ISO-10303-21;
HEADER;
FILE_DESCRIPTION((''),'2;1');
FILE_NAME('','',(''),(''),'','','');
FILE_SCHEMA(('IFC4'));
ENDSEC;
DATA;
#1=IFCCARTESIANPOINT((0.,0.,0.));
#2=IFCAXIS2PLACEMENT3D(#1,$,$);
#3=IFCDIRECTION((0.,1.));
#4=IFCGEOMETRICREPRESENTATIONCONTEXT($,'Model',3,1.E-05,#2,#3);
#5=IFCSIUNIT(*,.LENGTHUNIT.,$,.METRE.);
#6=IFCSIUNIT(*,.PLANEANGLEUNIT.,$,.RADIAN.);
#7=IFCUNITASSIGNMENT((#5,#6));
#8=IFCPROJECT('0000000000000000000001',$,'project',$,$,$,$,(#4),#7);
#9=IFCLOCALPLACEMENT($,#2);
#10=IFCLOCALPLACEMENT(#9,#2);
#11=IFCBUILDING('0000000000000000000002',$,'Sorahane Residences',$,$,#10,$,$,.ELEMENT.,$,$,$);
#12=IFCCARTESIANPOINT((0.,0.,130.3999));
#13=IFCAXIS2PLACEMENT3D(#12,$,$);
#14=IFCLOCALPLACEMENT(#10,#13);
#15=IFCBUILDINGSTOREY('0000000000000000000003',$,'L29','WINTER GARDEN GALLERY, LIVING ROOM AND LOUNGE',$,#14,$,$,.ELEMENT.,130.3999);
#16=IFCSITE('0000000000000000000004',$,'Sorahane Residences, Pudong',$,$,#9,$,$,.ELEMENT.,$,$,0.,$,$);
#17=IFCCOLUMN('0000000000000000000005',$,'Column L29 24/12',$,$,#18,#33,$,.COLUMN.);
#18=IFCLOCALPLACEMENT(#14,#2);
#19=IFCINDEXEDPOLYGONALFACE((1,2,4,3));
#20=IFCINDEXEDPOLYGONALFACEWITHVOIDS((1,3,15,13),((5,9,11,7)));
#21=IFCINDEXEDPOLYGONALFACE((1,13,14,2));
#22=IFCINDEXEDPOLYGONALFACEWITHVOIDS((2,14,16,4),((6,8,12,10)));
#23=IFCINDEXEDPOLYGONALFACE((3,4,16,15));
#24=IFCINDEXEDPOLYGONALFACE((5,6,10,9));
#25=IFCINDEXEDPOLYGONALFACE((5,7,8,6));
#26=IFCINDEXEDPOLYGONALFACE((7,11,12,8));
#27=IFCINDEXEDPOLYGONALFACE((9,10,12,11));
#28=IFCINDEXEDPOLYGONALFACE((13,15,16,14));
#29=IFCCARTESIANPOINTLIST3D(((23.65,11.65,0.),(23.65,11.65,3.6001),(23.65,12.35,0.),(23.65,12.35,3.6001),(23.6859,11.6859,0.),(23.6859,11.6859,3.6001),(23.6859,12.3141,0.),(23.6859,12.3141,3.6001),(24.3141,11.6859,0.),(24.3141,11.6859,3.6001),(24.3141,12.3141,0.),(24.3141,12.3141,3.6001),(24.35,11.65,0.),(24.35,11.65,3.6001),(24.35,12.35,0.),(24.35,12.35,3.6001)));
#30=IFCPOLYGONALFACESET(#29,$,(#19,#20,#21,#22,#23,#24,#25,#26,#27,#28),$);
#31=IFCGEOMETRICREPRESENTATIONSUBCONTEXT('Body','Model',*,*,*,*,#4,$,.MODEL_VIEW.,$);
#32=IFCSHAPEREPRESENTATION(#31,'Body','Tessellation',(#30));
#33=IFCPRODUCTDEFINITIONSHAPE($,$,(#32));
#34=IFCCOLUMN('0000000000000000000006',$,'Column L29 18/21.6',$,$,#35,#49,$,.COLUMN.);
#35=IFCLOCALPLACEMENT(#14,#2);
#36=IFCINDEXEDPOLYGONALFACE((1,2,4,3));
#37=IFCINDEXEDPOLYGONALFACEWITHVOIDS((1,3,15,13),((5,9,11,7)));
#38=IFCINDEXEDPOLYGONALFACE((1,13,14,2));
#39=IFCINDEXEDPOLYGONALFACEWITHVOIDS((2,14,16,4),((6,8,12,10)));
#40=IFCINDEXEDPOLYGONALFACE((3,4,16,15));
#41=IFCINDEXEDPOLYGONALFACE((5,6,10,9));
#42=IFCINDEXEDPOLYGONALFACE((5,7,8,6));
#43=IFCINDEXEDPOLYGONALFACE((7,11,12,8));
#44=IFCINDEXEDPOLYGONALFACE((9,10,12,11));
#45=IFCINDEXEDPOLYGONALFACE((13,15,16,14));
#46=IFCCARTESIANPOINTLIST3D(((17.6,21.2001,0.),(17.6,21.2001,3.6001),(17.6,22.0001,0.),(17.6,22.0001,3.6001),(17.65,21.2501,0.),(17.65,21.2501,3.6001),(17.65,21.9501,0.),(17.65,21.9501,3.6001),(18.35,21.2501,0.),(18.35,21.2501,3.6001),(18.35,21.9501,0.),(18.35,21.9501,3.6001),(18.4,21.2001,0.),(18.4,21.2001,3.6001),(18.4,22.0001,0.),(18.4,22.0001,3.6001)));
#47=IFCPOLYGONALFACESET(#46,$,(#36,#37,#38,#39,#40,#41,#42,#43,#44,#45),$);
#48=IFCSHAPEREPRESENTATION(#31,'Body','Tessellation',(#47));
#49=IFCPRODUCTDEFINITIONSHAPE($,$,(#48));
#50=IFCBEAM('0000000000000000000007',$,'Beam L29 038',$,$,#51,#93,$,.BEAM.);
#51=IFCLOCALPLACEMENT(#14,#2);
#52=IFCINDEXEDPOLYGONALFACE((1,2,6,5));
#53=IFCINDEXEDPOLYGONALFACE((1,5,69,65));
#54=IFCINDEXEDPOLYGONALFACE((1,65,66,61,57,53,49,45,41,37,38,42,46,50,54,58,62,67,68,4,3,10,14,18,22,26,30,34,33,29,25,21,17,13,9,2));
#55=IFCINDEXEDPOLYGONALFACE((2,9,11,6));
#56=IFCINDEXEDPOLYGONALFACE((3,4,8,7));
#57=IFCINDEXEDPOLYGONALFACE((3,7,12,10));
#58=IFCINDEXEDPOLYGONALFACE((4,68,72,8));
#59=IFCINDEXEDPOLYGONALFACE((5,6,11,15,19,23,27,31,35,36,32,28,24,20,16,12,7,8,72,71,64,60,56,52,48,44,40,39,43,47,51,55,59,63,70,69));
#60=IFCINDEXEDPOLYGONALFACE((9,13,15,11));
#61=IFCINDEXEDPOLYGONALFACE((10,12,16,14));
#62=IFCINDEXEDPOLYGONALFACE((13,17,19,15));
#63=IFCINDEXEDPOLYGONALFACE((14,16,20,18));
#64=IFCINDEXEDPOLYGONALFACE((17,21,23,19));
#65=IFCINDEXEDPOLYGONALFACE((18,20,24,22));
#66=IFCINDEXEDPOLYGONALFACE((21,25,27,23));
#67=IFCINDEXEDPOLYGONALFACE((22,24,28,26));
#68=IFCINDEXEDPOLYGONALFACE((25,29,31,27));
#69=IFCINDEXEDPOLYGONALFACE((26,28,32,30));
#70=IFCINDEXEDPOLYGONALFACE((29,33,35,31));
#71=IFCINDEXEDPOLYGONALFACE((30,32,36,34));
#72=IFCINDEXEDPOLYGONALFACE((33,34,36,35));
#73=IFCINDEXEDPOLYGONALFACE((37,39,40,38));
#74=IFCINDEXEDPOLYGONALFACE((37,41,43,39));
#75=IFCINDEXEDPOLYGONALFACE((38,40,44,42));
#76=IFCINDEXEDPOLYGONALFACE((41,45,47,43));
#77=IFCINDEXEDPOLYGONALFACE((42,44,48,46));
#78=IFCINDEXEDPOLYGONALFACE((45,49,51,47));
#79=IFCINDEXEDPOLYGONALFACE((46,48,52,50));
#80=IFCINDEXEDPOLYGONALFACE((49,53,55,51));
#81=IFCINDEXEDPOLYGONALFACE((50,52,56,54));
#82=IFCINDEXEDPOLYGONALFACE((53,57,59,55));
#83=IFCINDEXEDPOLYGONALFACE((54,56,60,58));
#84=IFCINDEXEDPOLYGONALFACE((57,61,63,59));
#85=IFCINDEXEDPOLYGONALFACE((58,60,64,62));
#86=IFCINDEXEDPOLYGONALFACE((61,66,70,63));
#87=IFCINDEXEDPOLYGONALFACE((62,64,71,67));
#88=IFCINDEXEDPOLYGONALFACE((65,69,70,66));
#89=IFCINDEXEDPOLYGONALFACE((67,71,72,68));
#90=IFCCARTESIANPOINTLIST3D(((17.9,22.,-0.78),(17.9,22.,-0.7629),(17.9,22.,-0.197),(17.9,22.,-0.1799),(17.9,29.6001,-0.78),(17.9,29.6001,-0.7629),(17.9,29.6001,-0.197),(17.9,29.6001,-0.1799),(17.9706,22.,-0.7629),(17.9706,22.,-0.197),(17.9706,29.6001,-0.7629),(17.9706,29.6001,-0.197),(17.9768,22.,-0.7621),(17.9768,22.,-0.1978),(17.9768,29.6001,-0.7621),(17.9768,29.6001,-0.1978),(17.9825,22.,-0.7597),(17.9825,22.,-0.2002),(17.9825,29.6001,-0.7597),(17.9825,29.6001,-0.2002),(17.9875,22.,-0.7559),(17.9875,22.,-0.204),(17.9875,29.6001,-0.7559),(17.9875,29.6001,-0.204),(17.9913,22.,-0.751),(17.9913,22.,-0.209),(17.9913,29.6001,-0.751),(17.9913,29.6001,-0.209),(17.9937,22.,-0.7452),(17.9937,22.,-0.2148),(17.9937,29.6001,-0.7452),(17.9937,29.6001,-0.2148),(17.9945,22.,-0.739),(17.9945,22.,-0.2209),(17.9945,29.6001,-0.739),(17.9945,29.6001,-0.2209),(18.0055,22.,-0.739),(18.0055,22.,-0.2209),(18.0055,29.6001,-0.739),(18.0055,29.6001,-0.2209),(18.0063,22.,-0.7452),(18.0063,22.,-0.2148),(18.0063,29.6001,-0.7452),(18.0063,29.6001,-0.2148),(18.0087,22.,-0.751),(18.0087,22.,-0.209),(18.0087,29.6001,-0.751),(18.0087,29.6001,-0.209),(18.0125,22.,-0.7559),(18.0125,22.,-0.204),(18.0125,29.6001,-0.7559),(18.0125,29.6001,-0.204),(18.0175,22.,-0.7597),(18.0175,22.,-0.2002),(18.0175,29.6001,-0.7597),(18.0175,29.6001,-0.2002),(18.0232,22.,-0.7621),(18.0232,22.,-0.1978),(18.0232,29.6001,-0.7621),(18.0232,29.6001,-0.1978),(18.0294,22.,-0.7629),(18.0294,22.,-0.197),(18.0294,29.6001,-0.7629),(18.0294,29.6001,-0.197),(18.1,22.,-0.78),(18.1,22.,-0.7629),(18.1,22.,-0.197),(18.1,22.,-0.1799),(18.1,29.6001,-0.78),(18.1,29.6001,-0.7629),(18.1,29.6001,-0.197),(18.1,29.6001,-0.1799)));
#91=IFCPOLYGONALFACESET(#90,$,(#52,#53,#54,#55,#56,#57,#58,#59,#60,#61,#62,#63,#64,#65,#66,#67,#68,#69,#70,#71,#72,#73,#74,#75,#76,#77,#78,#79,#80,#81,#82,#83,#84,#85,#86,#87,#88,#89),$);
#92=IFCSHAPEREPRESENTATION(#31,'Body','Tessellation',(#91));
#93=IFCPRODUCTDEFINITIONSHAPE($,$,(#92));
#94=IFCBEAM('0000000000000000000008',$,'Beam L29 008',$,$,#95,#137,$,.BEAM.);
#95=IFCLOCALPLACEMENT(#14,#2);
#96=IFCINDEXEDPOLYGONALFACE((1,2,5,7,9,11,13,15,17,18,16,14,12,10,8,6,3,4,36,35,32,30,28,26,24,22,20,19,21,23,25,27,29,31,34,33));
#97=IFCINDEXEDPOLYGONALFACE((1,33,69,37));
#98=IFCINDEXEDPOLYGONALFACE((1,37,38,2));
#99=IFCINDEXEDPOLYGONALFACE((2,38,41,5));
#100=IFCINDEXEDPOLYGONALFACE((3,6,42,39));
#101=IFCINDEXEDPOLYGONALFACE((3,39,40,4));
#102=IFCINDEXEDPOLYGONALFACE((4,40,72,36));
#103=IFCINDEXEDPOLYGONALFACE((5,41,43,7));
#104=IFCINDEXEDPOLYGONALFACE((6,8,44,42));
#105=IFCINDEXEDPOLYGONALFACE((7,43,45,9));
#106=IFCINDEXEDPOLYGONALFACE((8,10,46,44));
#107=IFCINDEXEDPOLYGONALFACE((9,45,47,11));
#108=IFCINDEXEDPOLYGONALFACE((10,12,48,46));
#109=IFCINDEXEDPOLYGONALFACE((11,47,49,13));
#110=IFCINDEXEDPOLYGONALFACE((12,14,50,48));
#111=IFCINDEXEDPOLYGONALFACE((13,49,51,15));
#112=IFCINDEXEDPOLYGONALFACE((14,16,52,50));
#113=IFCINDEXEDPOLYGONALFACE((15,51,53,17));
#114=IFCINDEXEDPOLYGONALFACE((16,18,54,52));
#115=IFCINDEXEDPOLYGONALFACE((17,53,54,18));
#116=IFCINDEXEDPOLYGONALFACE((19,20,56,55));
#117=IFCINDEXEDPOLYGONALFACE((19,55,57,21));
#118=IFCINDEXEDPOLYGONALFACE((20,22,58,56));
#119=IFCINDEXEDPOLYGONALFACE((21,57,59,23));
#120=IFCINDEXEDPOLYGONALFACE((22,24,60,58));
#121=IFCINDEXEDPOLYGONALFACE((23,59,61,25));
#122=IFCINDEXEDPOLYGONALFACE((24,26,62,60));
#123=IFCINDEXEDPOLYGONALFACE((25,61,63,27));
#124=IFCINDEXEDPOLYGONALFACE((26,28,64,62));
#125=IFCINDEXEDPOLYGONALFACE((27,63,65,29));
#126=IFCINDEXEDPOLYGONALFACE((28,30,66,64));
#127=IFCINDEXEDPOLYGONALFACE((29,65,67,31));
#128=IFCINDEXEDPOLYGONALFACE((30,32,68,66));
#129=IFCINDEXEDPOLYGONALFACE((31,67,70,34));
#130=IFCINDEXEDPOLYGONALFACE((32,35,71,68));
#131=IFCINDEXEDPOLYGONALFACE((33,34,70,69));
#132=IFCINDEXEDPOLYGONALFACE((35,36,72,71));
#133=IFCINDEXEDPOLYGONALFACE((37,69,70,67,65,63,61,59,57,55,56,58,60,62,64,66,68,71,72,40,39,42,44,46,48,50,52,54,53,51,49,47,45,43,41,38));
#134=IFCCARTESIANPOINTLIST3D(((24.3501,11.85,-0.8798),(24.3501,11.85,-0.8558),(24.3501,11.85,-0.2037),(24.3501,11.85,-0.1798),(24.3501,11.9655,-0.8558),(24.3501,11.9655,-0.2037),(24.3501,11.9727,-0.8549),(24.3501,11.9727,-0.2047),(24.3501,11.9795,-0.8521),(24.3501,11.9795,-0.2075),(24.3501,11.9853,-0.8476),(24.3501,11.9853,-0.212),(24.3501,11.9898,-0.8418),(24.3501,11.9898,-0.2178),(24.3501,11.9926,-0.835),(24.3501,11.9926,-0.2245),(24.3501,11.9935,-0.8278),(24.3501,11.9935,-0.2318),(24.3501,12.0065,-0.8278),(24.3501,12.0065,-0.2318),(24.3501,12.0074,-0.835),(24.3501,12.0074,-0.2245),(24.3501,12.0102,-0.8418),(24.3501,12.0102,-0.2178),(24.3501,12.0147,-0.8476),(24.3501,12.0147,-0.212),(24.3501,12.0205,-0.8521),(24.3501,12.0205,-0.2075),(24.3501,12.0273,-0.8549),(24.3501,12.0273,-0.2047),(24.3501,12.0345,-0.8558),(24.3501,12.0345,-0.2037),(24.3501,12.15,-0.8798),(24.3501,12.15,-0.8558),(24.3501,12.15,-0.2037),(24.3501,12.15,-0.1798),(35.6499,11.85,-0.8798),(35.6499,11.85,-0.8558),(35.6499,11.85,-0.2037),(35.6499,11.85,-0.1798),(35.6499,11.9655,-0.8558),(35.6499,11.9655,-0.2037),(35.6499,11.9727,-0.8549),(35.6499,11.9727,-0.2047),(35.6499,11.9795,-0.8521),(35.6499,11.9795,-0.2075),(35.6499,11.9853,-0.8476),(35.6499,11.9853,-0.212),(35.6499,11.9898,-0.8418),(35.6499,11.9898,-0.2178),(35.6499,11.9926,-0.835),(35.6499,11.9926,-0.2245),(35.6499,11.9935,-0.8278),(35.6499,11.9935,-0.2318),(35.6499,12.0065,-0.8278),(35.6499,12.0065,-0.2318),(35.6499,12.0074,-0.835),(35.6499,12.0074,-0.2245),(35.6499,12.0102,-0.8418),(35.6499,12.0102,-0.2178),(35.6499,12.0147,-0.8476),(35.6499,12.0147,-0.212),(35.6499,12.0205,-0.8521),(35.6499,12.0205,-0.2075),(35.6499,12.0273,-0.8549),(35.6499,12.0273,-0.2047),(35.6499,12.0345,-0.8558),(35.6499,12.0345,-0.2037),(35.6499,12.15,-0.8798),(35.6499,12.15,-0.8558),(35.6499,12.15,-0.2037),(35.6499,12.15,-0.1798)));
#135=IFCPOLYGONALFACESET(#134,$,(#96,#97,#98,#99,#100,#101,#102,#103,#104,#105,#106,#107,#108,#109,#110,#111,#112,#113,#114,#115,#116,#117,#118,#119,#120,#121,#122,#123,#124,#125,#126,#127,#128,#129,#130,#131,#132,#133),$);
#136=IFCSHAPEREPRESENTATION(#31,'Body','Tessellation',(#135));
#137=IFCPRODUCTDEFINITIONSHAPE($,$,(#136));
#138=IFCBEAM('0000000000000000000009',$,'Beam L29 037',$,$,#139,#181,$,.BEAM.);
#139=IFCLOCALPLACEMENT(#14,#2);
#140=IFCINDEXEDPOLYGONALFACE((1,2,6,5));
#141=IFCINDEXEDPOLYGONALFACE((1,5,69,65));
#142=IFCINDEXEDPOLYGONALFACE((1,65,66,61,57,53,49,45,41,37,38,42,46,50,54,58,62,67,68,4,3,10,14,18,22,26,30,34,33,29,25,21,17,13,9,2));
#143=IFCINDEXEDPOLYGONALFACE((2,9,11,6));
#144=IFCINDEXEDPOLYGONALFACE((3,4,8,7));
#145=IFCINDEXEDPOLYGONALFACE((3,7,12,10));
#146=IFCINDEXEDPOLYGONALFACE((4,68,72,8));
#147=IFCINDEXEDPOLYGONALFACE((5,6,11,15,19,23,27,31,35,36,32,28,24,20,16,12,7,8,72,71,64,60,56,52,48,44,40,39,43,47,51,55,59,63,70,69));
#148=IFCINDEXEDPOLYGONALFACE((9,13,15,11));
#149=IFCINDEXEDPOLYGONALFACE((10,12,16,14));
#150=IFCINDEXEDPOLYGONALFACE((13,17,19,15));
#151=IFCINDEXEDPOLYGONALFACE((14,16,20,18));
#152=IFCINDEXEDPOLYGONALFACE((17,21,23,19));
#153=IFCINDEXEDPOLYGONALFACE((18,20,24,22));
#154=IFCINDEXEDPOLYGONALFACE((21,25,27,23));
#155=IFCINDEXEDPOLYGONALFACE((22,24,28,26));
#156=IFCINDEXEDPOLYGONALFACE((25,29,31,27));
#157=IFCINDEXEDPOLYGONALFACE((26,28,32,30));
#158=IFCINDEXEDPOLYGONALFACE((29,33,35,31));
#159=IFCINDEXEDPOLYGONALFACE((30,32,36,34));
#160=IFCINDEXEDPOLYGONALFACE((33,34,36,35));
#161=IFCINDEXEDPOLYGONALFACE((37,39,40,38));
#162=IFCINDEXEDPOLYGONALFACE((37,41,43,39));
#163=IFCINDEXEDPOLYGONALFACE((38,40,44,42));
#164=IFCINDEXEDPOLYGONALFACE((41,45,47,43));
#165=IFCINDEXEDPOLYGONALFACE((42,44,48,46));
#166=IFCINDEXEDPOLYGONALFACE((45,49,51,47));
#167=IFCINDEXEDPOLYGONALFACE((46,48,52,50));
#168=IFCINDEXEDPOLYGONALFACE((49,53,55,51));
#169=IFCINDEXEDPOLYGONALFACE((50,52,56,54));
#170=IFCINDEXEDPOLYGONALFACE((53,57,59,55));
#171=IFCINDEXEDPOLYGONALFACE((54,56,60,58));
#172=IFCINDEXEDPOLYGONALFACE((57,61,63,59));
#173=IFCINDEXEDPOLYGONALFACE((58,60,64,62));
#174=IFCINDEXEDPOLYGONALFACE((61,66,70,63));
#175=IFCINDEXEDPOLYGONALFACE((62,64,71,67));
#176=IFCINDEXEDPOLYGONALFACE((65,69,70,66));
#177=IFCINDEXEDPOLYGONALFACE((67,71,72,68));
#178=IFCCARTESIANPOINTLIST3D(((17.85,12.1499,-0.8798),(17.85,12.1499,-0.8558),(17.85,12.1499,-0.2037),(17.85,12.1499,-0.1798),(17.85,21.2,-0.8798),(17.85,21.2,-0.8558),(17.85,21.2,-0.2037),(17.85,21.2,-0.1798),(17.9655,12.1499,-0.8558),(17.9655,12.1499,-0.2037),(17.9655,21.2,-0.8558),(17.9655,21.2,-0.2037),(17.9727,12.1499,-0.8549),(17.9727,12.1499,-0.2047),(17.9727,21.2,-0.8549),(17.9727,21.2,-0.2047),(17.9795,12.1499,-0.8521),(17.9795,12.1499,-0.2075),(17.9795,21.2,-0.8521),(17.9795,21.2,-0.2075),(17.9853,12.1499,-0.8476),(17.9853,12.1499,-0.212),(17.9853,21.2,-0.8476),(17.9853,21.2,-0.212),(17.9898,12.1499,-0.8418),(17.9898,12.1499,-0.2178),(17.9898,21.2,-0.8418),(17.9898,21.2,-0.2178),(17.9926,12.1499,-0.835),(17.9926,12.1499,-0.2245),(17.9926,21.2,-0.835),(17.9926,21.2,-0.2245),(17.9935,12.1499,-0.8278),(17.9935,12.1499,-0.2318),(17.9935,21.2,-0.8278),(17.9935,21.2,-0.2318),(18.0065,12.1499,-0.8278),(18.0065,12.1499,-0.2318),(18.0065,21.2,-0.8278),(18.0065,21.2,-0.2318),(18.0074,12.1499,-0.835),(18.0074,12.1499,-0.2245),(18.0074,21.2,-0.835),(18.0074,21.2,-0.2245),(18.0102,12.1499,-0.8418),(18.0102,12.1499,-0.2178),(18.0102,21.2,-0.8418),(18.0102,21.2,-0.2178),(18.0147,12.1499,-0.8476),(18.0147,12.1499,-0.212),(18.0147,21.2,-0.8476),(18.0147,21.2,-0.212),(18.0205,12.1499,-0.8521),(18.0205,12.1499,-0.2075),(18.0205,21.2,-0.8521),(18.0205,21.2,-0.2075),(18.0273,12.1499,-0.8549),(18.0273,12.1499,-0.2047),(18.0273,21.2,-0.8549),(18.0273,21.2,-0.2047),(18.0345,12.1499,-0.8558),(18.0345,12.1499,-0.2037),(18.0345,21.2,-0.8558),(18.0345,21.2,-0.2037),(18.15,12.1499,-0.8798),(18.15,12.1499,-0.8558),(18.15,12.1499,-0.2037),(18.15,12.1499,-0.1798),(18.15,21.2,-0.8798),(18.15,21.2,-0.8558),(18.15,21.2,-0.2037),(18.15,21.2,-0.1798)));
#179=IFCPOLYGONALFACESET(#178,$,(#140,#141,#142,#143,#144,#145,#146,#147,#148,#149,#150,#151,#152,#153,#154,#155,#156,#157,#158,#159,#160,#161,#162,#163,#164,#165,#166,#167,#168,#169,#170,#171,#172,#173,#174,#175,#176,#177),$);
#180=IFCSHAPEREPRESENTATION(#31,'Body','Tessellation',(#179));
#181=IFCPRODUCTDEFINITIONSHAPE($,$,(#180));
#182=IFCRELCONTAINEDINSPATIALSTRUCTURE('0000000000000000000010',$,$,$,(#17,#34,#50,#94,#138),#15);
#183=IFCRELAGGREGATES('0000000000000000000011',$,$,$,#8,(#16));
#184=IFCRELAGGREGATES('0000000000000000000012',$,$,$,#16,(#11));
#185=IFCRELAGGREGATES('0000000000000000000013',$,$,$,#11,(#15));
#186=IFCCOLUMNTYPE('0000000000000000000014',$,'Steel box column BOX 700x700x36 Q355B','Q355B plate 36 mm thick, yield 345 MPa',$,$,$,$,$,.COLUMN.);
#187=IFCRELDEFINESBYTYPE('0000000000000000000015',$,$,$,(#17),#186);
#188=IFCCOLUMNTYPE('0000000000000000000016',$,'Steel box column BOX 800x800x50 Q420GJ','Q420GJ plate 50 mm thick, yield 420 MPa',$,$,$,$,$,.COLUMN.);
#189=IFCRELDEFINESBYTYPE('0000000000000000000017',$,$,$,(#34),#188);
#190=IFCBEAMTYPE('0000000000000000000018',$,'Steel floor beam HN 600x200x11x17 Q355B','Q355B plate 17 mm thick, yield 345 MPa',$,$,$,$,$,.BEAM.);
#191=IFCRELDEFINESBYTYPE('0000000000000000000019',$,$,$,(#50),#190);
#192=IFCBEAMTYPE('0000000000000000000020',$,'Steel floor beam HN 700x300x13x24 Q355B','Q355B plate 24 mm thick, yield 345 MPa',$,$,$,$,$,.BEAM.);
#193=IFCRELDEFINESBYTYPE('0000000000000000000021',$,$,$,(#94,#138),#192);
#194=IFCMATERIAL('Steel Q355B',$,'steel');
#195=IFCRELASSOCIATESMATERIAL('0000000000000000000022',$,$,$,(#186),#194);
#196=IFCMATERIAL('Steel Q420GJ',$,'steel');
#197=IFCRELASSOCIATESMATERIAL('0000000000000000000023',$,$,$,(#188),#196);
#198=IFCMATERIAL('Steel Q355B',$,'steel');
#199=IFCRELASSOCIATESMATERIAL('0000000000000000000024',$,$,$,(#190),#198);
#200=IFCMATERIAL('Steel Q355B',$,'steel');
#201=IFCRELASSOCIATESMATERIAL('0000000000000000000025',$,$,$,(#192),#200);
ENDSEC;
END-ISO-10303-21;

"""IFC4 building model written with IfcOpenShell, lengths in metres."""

from ifc_helpers import new_model, si_unit, direction, frame, origin, origin_2d, place, context, subcontext, project, spatial, hollow_rectangle, i_section, extrude, material, material_profile, profile_set, type_object, element, save


model = new_model("IFC4")

# Units and contexts
model_context = context("Model", 3, precision=1e-05, world=origin(), true_north=direction((0.0, 1.0)))
body_context = subcontext(model_context, "Body", "Model", "MODEL_VIEW")
ifc_project = project(units=[si_unit("LENGTHUNIT", "METRE"), si_unit("PLANEANGLEUNIT", "RADIAN")], contexts=[model_context])

# Site, building, storey
site_placement = place(None, origin())
site = spatial("IfcSite", under=ifc_project, at=site_placement, Name="Sorahane Residences, Pudong", CompositionType="ELEMENT", RefElevation=0.0)
building_placement = place(site_placement, origin())
building = spatial("IfcBuilding", under=site, at=building_placement, Name="Sorahane Residences", CompositionType="ELEMENT")
storey_placement = place(building_placement, frame((0.0, 0.0, 130.3999)))
storey = spatial("IfcBuildingStorey", under=building, at=storey_placement, Name="L29", Description="WINTER GARDEN GALLERY, LIVING ROOM AND LOUNGE", CompositionType="ELEMENT", Elevation=130.3999)

# Columns
ifc_material_1 = material(Name="Steel Q355B", Category="steel")
ifc_material_profile_1 = material_profile(ifc_material_1, hollow_rectangle(XDim=0.7, YDim=0.7, WallThickness=0.0359, at=origin_2d()), Name="BOX 700x700x36")
ifc_profile_set_1 = profile_set([ifc_material_profile_1], Name="Steel Q355B")
column_type_1 = type_object("IfcColumnType", Name="Steel box column BOX 700x700x36 Q355B", Description="Q355B plate 36 mm thick, yield 345 MPa", PredefinedType="COLUMN", material=ifc_profile_set_1)
column_1_placement = place(storey_placement, frame((24.0, 12.0, 0.0), z_axis=(0.0, 0.0, 1.0), x_axis=(1.0, 0.0, 0.0)))
element("IfcColumn", 1, at=column_1_placement, inside=storey, type_object=column_type_1, Name="Column L29 24/12", PredefinedType="COLUMN", context=body_context, shape_type="SweptSolid", body=[
    extrude(hollow_rectangle(XDim=0.7, YDim=0.7, WallThickness=0.0359, at=origin_2d()), origin(), (0.0, 0.0, 1.0), 3.6001),
])
ifc_material_2 = material(Name="Steel Q420GJ", Category="steel")
ifc_material_profile_2 = material_profile(ifc_material_2, hollow_rectangle(XDim=0.8, YDim=0.8, WallThickness=0.05, at=origin_2d()), Name="BOX 800x800x50")
ifc_profile_set_2 = profile_set([ifc_material_profile_2], Name="Steel Q420GJ")
column_type_2 = type_object("IfcColumnType", Name="Steel box column BOX 800x800x50 Q420GJ", Description="Q420GJ plate 50 mm thick, yield 420 MPa", PredefinedType="COLUMN", material=ifc_profile_set_2)
column_2_placement = place(storey_placement, frame((18.0, 21.6001, 0.0), z_axis=(0.0, 0.0, 1.0), x_axis=(1.0, 0.0, 0.0)))
element("IfcColumn", 2, at=column_2_placement, inside=storey, type_object=column_type_2, Name="Column L29 18/21.6", PredefinedType="COLUMN", context=body_context, shape_type="SweptSolid", body=[
    extrude(hollow_rectangle(XDim=0.8, YDim=0.8, WallThickness=0.05, at=origin_2d()), origin(), (0.0, 0.0, 1.0), 3.6001),
])

# Beams
ifc_material_3 = material(Name="Steel Q355B", Category="steel")
ifc_material_profile_3 = material_profile(ifc_material_3, i_section(OverallWidth=0.2, OverallDepth=0.6001, WebThickness=0.011, FlangeThickness=0.0171, FilletRadius=0.0239, at=origin_2d()), Name="HN 600x200x11x17")
ifc_profile_set_3 = profile_set([ifc_material_profile_3], Name="Steel Q355B")
beam_type_1 = type_object("IfcBeamType", Name="Steel floor beam HN 600x200x11x17 Q355B", Description="Q355B plate 17 mm thick, yield 345 MPa", PredefinedType="BEAM", material=ifc_profile_set_3)
beam_1_placement = place(storey_placement, frame((18.0, 22.0, -0.48), z_axis=(0.0, 1.0, 0.0), x_axis=(-1.0, 0.0, 0.0)))
element("IfcBeam", 3, at=beam_1_placement, inside=storey, type_object=beam_type_1, Name="Beam L29 038", PredefinedType="BEAM", context=body_context, shape_type="SweptSolid", body=[
    extrude(i_section(OverallWidth=0.2, OverallDepth=0.6001, WebThickness=0.011, FlangeThickness=0.0171, FilletRadius=0.0239, at=origin_2d()), origin(), (0.0, 0.0, 1.0), 7.6001),
])
ifc_material_4 = material(Name="Steel Q355B", Category="steel")
ifc_material_profile_4 = material_profile(ifc_material_4, i_section(OverallWidth=0.3, OverallDepth=0.7, WebThickness=0.0129, FlangeThickness=0.0239, FilletRadius=0.0281, at=origin_2d()), Name="HN 700x300x13x24")
ifc_profile_set_4 = profile_set([ifc_material_profile_4], Name="Steel Q355B")
beam_type_2 = type_object("IfcBeamType", Name="Steel floor beam HN 700x300x13x24 Q355B", Description="Q355B plate 24 mm thick, yield 345 MPa", PredefinedType="BEAM", material=ifc_profile_set_4)
beam_2_placement = place(storey_placement, frame((24.3501, 12.0, -0.5298), z_axis=(1.0, 0.0, 0.0), x_axis=(0.0, 1.0, 0.0)))
element("IfcBeam", 4, at=beam_2_placement, inside=storey, type_object=beam_type_2, Name="Beam L29 008", PredefinedType="BEAM", context=body_context, shape_type="SweptSolid", body=[
    extrude(i_section(OverallWidth=0.3, OverallDepth=0.7, WebThickness=0.0129, FlangeThickness=0.0239, FilletRadius=0.0281, at=origin_2d()), origin(), (0.0, 0.0, 1.0), 11.2998),
])
beam_3_placement = place(storey_placement, frame((18.0, 12.1499, -0.5298), z_axis=(0.0, 1.0, 0.0), x_axis=(-1.0, 0.0, 0.0)))
element("IfcBeam", 5, at=beam_3_placement, inside=storey, type_object=beam_type_2, Name="Beam L29 037", PredefinedType="BEAM", context=body_context, shape_type="SweptSolid", body=[
    extrude(i_section(OverallWidth=0.3, OverallDepth=0.7, WebThickness=0.0129, FlangeThickness=0.0239, FilletRadius=0.0281, at=origin_2d()), origin(), (0.0, 0.0, 1.0), 9.05),
])

save(model, "model.ifc")
